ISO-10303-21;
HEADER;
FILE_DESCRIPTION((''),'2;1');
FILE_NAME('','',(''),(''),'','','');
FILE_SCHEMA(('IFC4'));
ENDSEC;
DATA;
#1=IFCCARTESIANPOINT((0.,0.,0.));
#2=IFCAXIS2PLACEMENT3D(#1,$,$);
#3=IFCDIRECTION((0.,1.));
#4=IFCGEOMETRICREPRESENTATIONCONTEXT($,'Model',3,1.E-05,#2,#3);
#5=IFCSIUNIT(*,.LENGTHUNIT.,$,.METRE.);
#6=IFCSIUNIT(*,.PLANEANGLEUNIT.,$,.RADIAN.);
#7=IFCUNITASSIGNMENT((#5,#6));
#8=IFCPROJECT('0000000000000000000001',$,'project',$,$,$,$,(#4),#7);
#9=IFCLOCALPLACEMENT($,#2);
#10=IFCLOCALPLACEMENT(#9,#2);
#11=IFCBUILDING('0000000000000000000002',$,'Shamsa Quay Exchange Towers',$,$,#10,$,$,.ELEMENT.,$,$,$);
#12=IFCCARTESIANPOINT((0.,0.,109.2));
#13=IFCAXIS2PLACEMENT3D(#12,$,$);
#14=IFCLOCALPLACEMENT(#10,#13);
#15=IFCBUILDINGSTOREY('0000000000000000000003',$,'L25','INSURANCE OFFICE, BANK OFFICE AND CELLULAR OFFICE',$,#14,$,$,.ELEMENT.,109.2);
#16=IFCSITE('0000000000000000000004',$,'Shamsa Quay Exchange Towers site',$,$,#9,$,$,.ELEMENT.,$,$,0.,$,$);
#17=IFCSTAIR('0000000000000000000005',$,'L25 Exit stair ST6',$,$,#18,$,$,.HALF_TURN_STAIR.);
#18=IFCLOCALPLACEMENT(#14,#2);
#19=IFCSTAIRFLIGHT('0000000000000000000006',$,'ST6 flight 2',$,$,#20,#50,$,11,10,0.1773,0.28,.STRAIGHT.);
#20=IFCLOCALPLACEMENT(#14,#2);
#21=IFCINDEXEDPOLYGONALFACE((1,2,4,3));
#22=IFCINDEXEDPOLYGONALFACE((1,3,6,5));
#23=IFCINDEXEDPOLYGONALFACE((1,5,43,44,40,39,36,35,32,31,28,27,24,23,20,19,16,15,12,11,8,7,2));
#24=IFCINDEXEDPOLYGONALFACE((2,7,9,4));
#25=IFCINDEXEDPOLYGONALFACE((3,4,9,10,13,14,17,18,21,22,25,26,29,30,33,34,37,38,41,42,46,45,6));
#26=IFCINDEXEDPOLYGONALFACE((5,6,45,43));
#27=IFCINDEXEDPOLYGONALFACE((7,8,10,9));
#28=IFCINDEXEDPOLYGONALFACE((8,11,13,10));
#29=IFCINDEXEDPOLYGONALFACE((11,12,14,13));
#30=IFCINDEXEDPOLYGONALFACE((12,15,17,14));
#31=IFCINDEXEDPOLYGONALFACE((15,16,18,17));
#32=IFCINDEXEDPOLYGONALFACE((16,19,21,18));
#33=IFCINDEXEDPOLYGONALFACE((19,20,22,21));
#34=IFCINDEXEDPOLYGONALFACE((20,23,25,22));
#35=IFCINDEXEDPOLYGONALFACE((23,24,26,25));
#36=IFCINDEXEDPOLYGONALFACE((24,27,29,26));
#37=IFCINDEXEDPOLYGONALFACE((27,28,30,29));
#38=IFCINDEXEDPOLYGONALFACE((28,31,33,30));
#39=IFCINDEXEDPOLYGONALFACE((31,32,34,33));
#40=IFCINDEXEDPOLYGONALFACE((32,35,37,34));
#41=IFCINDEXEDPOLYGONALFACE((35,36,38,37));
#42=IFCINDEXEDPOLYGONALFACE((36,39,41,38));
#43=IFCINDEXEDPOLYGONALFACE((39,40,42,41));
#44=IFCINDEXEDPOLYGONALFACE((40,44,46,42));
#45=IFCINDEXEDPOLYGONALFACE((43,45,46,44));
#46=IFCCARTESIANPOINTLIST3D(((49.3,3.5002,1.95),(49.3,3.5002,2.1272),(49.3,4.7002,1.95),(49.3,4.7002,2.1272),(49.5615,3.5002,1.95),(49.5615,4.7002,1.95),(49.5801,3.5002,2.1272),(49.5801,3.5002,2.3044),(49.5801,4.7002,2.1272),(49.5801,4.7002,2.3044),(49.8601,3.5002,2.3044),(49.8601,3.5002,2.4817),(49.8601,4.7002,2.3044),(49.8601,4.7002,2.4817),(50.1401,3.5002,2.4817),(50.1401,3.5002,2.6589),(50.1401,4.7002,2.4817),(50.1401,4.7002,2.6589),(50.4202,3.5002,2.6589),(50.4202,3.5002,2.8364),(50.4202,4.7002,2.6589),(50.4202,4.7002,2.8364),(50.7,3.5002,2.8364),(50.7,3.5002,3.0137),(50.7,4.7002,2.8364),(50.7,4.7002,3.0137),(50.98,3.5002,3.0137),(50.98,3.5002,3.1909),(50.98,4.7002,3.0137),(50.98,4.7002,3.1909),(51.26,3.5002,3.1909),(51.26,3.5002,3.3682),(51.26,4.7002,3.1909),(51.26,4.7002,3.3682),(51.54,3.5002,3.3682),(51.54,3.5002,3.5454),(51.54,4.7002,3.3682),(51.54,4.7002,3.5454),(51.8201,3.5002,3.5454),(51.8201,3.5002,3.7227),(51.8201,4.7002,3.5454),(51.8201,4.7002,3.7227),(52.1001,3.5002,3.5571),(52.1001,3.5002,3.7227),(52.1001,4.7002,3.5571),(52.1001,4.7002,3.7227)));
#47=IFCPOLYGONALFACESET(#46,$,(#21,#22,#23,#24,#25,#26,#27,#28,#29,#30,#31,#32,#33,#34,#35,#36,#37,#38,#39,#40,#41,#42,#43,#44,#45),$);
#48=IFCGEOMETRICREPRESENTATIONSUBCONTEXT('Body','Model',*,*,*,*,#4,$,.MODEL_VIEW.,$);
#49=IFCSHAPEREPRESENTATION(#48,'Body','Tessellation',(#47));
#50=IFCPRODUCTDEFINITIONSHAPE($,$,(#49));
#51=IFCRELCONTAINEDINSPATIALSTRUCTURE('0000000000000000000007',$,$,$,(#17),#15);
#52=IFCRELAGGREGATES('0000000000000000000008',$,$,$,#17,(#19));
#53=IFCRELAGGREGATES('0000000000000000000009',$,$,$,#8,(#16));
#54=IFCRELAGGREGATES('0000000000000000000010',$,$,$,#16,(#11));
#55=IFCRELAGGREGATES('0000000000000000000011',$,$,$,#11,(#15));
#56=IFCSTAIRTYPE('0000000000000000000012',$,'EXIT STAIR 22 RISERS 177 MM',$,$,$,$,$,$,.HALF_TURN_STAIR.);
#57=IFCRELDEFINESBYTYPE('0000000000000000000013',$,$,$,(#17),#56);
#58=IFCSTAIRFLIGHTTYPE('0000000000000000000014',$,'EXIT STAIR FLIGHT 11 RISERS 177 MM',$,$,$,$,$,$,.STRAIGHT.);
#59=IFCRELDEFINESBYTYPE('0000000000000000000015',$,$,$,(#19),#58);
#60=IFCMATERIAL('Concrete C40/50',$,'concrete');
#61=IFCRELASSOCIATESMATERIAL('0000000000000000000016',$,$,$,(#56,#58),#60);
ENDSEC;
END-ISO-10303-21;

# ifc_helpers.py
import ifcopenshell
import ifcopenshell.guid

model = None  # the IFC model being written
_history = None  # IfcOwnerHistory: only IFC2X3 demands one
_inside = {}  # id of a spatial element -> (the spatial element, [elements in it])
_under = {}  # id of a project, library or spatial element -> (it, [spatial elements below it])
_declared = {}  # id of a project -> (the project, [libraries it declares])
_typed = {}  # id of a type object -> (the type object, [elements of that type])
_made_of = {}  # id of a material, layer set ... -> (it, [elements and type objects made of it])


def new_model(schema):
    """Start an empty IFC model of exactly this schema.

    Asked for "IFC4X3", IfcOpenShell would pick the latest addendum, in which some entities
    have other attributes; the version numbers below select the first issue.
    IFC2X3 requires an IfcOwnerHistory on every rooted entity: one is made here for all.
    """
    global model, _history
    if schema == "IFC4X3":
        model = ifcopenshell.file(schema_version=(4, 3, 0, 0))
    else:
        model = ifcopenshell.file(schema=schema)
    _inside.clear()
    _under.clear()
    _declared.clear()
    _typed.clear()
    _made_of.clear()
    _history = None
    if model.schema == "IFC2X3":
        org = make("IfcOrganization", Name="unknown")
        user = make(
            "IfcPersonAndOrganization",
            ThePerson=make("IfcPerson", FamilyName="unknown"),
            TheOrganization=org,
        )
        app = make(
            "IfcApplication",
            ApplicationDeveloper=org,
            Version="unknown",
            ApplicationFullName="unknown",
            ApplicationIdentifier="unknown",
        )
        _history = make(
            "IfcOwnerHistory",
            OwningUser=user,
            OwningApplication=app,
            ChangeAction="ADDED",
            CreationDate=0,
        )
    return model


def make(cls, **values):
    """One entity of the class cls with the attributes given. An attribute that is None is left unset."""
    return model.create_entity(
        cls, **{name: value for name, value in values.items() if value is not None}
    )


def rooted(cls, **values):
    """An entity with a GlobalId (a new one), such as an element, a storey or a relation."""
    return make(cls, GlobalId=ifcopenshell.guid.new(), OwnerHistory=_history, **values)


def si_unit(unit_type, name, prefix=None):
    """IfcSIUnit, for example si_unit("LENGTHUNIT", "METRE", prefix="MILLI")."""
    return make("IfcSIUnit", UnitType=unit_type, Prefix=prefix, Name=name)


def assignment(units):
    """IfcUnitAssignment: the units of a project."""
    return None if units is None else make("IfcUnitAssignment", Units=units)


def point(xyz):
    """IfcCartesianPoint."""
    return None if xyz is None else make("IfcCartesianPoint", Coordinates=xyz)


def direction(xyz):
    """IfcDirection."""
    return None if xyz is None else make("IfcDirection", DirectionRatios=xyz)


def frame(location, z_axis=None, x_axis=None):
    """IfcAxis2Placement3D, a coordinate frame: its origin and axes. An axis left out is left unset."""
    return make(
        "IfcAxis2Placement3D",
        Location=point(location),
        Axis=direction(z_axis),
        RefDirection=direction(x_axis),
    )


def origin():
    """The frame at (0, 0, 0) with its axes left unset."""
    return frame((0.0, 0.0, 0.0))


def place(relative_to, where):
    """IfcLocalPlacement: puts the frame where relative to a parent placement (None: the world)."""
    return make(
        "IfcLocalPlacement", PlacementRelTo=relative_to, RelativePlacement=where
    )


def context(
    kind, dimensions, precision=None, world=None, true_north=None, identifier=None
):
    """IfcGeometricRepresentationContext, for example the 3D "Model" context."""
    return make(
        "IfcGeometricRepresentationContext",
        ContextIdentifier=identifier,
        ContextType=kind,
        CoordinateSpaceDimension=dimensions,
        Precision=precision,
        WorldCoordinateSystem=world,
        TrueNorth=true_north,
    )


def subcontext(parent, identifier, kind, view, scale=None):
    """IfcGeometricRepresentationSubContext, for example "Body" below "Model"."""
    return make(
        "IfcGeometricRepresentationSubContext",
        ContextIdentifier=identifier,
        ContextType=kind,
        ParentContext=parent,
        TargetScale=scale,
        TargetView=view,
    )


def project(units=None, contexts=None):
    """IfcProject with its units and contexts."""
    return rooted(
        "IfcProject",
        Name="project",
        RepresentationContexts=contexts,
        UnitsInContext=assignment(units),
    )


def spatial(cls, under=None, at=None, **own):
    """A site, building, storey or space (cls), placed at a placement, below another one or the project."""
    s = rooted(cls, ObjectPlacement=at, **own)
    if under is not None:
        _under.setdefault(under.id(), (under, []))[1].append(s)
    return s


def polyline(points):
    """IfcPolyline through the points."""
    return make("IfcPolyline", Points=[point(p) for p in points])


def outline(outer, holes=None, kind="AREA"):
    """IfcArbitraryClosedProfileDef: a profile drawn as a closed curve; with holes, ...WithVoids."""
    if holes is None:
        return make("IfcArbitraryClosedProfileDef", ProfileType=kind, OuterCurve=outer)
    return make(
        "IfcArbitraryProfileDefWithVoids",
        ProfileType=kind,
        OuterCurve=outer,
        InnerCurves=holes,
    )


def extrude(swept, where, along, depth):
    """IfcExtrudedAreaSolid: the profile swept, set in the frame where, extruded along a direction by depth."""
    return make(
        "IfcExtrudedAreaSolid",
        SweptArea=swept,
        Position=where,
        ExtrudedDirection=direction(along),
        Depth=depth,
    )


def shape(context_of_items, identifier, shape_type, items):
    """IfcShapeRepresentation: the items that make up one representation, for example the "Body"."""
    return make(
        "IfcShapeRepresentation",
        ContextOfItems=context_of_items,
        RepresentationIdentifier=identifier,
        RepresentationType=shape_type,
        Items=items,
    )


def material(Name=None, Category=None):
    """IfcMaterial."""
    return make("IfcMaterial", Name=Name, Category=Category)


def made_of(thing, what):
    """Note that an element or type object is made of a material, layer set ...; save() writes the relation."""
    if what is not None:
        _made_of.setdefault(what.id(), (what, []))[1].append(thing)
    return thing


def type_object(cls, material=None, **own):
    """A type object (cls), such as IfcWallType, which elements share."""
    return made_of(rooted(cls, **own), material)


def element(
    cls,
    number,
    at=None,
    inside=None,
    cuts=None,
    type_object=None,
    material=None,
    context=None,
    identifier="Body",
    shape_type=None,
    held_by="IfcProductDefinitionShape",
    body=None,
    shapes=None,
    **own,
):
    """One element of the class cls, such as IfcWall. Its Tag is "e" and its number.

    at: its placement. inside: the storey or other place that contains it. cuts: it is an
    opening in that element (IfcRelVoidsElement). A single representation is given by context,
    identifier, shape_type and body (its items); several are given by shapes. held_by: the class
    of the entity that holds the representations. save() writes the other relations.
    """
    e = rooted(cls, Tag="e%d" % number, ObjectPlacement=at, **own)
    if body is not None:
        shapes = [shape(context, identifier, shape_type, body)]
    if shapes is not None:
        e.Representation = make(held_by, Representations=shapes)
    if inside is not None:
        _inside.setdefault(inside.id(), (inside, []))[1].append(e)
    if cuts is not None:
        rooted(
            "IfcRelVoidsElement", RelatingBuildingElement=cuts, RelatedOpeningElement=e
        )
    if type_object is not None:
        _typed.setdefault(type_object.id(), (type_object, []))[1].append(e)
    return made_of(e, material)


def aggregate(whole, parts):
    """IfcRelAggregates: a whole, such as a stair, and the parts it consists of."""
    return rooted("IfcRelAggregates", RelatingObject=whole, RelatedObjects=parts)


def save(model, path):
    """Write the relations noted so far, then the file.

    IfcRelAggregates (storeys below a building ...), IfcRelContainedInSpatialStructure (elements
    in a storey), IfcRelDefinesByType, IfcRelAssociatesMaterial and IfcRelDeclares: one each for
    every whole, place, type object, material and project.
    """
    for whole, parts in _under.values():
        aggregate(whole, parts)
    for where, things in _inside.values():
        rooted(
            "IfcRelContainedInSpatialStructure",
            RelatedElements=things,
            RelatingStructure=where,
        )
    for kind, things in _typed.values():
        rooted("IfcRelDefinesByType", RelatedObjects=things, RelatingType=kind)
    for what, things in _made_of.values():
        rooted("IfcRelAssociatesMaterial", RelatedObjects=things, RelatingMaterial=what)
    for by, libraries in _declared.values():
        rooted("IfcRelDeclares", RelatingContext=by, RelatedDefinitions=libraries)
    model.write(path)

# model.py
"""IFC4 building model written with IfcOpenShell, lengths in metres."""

from ifc_helpers import new_model, si_unit, direction, frame, origin, place, context, subcontext, project, spatial, polyline, outline, extrude, material, type_object, element, aggregate, save


model = new_model("IFC4")

# Units and contexts
model_context = context("Model", 3, precision=1e-05, world=origin(), true_north=direction((0.0, 1.0)))
body_context = subcontext(model_context, "Body", "Model", "MODEL_VIEW")
ifc_project = project(units=[si_unit("LENGTHUNIT", "METRE"), si_unit("PLANEANGLEUNIT", "RADIAN")], contexts=[model_context])

# Site, building, storey
site_placement = place(None, origin())
site = spatial("IfcSite", under=ifc_project, at=site_placement, Name="Shamsa Quay Exchange Towers site", CompositionType="ELEMENT", RefElevation=0.0)
building_placement = place(site_placement, origin())
building = spatial("IfcBuilding", under=site, at=building_placement, Name="Shamsa Quay Exchange Towers", CompositionType="ELEMENT")
storey_placement = place(building_placement, frame((0.0, 0.0, 109.2)))
storey = spatial("IfcBuildingStorey", under=building, at=storey_placement, Name="L25", Description="INSURANCE OFFICE, BANK OFFICE AND CELLULAR OFFICE", CompositionType="ELEMENT", Elevation=109.2)

# Stair, stair flight
ifc_material_1 = material(Name="Concrete C40/50", Category="concrete")
stair_type = type_object("IfcStairType", Name="EXIT STAIR 22 RISERS 177 MM", PredefinedType="HALF_TURN_STAIR", material=ifc_material_1)
stair_placement = place(storey_placement, origin())
stair = element("IfcStair", 1, at=stair_placement, inside=storey, type_object=stair_type, Name="L25 Exit stair ST6", PredefinedType="HALF_TURN_STAIR")
stair_flight_type = type_object("IfcStairFlightType", Name="EXIT STAIR FLIGHT 11 RISERS 177 MM", PredefinedType="STRAIGHT", material=ifc_material_1)
stair_flight_1_placement = place(storey_placement, frame((49.3, 4.1001, 1.95)))
stair_flight_1 = element("IfcStairFlight", 2, at=stair_flight_1_placement, type_object=stair_flight_type, Name="ST6 flight 2", NumberOfRisers=11, NumberOfTreads=10, PredefinedType="STRAIGHT", RiserHeight=0.1773, TreadLength=0.28, context=body_context, shape_type="SweptSolid", body=[
    extrude(outline(polyline([(0.0, 0.0), (0.0, 0.1772), (0.28, 0.1772), (0.28, 0.3545), (0.5601, 0.3545), (0.5601, 0.5317), (0.8401, 0.5317), (0.8401, 0.709), (1.1201, 0.709), (1.1201, 0.8865), (1.3999, 0.8865), (1.3999, 1.0637), (1.6799, 1.0637), (1.6799, 1.241), (1.96, 1.241), (1.96, 1.4182), (2.24, 1.4182), (2.24, 1.5955), (2.52, 1.5955), (2.52, 1.7727), (2.8, 1.7727), (2.8, 1.95), (2.8, 1.6072), (0.2615, 0.0), (0.0, 0.0)])), frame((0.0, 0.6001, 0.0), z_axis=(0.0, -1.0, 0.0), x_axis=(1.0, 0.0, 0.0)), (0.0, 0.0, 1.0), 1.2),
])
aggregate(stair, [stair_flight_1])

save(model, "model.ifc")
